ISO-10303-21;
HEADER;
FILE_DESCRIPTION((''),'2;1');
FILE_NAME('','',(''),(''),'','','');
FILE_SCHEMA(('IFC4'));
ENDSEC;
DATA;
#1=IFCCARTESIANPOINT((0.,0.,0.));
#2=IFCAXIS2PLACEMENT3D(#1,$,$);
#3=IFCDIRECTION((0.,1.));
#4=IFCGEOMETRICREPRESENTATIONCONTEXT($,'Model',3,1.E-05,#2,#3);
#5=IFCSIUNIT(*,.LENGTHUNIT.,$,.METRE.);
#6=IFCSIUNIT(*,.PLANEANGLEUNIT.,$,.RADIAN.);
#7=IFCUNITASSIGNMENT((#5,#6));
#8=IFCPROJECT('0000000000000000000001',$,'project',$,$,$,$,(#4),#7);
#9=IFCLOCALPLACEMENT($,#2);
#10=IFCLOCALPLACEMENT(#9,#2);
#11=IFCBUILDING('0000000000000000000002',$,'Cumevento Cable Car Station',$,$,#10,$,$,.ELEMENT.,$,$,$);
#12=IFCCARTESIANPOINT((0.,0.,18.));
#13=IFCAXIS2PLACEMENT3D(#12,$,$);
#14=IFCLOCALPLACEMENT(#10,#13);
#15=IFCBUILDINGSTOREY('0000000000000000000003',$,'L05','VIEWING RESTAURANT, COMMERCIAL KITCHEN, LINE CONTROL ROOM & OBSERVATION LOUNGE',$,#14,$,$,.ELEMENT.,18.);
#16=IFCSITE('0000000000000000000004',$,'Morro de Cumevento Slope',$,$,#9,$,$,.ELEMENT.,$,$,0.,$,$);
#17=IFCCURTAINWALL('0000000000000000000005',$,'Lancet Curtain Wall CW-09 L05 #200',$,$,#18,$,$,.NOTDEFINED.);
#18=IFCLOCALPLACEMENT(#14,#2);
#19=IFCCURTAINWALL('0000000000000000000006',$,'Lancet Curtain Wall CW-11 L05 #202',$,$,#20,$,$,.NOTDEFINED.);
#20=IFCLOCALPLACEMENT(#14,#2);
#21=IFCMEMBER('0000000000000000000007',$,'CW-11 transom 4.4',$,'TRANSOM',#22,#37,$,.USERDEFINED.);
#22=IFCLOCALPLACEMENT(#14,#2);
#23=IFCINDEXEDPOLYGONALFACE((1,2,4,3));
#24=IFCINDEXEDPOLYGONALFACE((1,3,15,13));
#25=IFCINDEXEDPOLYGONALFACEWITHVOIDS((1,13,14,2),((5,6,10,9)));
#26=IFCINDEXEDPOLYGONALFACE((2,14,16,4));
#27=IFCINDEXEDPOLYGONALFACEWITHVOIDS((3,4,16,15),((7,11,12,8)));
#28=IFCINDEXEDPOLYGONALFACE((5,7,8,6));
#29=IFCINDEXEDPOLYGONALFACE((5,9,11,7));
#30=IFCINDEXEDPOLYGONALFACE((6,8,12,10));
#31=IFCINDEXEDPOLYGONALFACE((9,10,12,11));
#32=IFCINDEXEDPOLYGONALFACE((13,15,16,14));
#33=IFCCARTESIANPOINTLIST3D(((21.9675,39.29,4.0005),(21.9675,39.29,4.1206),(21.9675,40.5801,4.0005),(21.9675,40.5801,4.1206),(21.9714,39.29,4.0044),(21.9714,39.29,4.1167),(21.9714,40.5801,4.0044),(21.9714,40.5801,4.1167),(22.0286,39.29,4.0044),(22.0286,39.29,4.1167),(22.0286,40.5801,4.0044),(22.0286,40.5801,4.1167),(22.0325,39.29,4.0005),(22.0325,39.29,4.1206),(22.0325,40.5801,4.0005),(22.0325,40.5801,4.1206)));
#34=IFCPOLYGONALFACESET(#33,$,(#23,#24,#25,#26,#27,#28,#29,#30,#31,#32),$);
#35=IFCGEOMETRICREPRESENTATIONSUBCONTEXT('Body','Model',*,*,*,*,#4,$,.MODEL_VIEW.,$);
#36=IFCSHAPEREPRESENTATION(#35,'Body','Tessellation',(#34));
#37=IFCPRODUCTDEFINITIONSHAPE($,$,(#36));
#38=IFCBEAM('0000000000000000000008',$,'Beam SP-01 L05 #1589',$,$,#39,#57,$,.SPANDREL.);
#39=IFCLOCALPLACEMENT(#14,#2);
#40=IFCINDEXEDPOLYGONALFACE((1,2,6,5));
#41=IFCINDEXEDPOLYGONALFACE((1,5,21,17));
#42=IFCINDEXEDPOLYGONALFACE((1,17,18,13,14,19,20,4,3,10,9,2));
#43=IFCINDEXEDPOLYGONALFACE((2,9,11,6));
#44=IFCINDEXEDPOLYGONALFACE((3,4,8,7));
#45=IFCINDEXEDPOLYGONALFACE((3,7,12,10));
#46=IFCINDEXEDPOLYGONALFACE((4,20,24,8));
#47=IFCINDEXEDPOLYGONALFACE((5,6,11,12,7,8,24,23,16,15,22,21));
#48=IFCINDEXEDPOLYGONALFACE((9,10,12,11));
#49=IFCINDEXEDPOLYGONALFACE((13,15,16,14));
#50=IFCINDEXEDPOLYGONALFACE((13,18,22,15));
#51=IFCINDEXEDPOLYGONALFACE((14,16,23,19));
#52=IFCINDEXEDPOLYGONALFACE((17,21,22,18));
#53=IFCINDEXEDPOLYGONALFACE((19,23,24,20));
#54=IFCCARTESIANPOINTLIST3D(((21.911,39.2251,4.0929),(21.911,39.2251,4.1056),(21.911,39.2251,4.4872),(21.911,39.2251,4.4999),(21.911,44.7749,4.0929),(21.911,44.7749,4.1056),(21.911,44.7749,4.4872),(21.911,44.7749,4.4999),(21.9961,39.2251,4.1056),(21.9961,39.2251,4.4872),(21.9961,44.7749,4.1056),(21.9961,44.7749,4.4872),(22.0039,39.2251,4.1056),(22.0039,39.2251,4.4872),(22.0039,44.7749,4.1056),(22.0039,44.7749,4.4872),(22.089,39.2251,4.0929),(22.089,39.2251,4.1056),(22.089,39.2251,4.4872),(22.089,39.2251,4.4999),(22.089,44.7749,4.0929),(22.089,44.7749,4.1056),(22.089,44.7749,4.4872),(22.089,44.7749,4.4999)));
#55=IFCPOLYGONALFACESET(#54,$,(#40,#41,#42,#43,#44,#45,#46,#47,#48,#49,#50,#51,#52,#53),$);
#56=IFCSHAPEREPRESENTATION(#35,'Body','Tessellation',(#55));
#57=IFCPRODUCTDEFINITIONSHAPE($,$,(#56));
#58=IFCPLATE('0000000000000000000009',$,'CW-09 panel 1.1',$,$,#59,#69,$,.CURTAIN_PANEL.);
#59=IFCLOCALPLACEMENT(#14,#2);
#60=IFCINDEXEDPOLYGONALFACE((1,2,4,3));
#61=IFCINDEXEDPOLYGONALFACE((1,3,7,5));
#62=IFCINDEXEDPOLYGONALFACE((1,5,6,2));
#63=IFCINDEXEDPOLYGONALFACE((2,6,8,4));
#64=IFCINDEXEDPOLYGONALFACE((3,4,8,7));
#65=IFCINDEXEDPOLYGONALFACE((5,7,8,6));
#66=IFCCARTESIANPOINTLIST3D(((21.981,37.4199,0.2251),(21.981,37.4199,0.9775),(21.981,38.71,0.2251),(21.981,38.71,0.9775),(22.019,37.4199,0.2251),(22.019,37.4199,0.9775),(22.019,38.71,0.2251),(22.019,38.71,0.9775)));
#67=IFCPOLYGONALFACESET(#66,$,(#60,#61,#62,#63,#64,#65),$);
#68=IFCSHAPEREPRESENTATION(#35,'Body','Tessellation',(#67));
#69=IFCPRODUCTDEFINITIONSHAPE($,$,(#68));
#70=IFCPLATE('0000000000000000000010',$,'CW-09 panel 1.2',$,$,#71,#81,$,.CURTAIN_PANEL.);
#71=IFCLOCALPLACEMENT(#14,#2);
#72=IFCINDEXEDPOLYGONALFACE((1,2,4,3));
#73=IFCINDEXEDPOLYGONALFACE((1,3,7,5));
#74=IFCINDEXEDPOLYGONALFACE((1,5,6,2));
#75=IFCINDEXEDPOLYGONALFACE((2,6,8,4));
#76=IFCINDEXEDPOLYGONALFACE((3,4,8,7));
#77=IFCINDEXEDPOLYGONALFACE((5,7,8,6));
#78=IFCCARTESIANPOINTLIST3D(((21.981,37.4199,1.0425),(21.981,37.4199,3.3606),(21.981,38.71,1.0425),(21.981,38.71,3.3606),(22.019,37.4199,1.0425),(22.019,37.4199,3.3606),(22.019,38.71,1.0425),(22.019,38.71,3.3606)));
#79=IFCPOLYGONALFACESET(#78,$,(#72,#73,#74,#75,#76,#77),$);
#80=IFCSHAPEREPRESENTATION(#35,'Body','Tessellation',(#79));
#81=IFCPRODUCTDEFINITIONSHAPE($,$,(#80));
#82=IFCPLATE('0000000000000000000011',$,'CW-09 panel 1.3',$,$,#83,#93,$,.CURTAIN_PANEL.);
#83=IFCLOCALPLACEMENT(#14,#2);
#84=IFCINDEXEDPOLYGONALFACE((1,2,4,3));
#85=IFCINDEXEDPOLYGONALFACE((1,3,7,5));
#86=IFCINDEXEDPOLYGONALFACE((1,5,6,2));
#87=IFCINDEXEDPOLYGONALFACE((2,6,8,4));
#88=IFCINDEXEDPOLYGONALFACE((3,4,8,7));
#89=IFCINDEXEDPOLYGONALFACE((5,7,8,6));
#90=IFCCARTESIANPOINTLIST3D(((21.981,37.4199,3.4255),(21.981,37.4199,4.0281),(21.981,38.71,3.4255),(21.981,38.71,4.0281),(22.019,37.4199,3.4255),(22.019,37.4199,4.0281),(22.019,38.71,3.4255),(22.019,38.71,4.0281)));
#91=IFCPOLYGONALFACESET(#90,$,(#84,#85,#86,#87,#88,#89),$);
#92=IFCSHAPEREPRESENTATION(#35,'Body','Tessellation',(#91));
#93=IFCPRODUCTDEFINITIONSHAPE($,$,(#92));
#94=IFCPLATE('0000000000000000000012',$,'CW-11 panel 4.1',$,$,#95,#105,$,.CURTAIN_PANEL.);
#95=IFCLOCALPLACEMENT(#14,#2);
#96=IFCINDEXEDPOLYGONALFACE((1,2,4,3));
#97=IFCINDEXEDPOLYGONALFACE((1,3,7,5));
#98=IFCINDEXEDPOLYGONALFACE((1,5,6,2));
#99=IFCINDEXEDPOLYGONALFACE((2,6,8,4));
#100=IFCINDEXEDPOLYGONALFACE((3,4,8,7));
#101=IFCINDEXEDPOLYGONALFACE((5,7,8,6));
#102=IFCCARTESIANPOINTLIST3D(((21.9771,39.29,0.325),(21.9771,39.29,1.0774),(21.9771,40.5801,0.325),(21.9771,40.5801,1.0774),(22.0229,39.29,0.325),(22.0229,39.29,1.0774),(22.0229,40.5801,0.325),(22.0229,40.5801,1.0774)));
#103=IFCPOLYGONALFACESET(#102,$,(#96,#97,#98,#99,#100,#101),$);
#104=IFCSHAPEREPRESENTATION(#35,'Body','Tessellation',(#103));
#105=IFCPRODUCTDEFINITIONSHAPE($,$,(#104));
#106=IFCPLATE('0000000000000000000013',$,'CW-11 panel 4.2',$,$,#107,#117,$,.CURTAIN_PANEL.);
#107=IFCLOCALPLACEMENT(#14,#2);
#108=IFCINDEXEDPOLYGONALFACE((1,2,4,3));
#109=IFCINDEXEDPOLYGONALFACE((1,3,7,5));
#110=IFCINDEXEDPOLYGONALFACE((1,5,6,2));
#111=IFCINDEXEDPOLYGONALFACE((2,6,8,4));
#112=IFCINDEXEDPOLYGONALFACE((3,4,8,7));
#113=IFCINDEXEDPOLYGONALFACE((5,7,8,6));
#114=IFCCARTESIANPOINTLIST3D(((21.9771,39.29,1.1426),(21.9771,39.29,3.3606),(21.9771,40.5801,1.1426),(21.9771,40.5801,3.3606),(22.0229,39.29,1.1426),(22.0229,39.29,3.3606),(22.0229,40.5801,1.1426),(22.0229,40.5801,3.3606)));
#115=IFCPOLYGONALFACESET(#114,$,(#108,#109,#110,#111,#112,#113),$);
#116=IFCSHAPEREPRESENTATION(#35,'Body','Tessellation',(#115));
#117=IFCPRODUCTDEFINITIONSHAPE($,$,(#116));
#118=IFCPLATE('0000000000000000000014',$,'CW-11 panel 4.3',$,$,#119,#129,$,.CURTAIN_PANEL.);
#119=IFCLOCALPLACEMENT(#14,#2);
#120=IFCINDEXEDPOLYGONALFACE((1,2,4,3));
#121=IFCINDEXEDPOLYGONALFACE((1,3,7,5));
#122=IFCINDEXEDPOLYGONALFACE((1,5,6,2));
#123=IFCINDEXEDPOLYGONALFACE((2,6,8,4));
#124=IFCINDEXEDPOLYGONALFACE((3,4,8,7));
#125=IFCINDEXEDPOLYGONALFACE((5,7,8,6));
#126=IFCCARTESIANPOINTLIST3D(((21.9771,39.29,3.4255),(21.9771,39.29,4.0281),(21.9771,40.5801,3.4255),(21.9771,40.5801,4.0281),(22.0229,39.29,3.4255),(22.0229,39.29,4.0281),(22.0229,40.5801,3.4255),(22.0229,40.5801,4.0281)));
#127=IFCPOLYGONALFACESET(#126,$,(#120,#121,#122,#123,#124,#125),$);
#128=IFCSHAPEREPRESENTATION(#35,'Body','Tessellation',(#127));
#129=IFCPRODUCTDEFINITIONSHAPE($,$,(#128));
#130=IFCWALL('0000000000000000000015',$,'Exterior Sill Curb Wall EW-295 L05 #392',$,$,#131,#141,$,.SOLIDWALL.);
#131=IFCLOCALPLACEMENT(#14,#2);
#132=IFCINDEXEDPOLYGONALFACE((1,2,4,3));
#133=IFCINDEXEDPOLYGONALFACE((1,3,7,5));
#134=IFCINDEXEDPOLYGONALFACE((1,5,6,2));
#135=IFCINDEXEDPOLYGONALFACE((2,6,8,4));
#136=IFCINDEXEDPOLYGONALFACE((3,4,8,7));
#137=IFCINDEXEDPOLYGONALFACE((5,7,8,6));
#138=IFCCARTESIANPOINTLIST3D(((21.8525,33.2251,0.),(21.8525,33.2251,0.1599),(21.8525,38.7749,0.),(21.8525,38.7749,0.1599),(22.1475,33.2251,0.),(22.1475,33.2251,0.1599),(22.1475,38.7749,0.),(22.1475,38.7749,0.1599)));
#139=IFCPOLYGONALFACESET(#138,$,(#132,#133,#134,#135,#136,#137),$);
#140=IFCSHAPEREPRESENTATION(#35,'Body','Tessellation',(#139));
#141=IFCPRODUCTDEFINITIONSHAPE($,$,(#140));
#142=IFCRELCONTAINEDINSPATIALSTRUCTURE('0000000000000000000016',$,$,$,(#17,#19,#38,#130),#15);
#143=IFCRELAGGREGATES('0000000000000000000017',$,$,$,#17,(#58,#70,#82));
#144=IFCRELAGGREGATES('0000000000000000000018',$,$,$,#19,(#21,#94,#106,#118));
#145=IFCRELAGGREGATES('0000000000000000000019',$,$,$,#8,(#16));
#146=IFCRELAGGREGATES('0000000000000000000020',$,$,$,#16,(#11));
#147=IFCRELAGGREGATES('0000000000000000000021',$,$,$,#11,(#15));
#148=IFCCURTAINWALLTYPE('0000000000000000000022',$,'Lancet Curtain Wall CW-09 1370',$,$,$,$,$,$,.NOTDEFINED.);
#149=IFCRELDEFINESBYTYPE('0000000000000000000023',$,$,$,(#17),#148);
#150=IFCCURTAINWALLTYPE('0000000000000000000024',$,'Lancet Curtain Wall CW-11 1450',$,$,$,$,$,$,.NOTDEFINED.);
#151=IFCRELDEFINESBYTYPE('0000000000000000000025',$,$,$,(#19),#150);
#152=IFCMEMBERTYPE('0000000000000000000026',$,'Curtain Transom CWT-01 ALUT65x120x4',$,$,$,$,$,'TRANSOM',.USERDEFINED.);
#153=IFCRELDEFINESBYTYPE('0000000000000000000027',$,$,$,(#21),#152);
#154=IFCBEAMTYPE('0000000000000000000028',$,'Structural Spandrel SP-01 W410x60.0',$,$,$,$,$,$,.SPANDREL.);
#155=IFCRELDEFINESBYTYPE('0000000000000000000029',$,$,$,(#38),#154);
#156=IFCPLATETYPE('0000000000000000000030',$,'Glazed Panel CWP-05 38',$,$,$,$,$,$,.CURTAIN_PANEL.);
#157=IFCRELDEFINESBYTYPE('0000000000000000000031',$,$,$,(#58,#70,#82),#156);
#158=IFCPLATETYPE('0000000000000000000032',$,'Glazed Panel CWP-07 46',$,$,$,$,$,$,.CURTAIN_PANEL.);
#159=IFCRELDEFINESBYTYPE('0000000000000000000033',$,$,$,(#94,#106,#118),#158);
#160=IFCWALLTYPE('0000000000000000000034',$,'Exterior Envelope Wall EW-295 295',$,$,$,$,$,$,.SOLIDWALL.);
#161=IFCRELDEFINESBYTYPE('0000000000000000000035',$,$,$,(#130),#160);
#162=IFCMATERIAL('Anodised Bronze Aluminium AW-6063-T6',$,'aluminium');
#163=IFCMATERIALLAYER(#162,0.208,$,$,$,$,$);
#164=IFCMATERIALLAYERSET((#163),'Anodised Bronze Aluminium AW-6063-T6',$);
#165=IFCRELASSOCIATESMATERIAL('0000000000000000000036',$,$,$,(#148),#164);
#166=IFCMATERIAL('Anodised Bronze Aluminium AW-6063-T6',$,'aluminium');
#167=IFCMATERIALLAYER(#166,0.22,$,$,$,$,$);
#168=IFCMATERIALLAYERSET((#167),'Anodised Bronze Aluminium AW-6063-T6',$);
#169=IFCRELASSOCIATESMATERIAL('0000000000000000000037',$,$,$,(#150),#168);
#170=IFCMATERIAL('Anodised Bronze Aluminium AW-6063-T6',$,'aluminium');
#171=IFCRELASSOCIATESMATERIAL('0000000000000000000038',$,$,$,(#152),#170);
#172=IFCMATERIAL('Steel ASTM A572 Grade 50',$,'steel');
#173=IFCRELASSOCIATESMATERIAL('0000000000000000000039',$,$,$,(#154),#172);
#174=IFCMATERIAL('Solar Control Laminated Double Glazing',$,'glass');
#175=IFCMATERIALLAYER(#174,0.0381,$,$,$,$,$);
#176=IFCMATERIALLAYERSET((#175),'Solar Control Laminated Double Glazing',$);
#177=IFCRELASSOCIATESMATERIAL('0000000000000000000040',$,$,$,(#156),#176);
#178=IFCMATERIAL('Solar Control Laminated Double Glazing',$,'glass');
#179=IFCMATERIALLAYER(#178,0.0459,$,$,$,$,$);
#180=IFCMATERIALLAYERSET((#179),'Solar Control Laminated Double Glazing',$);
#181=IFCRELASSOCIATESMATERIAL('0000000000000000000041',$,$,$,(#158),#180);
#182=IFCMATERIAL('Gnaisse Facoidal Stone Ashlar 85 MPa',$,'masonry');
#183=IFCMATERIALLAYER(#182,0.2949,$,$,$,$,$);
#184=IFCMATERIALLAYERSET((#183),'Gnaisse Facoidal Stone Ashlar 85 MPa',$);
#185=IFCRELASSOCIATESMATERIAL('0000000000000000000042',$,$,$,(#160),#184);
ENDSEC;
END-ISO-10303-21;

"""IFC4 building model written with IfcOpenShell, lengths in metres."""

from ifc_helpers import new_model, si_unit, direction, frame, frame_2d, origin, origin_2d, place, context, subcontext, project, spatial, rectangle, hollow_rectangle, i_section, extrude, material, layer, layer_set, material_profile, profile_set, type_object, element, aggregate, save


model = new_model("IFC4")

# Units and contexts
model_context = context("Model", 3, precision=1e-05, world=origin(), true_north=direction((0.0, 1.0)))
body_context = subcontext(model_context, "Body", "Model", "MODEL_VIEW")
ifc_project = project(units=[si_unit("LENGTHUNIT", "METRE"), si_unit("PLANEANGLEUNIT", "RADIAN")], contexts=[model_context])

# Site, building, storey
site_placement = place(None, origin())
site = spatial("IfcSite", under=ifc_project, at=site_placement, Name="Morro de Cumevento Slope", CompositionType="ELEMENT", RefElevation=0.0)
building_placement = place(site_placement, origin())
building = spatial("IfcBuilding", under=site, at=building_placement, Name="Cumevento Cable Car Station", CompositionType="ELEMENT")
storey_placement = place(building_placement, frame((0.0, 0.0, 18.0)))
storey = spatial("IfcBuildingStorey", under=building, at=storey_placement, Name="L05", Description="VIEWING RESTAURANT, COMMERCIAL KITCHEN, LINE CONTROL ROOM & OBSERVATION LOUNGE", CompositionType="ELEMENT", Elevation=18.0)

# Curtain wall
ifc_material_1 = material(Name="Anodised Bronze Aluminium AW-6063-T6", Category="aluminium")
ifc_layer_1 = layer(ifc_material_1, 0.208)
ifc_layer_set_1 = layer_set([ifc_layer_1], Name="Anodised Bronze Aluminium AW-6063-T6")
curtain_wall_type_1 = type_object("IfcCurtainWallType", Name="Lancet Curtain Wall CW-09 1370", PredefinedType="NOTDEFINED", material=ifc_layer_set_1)
curtain_wall_1_placement = place(storey_placement, origin())
curtain_wall_1 = element("IfcCurtainWall", 1, at=curtain_wall_1_placement, inside=storey, type_object=curtain_wall_type_1, Name="Lancet Curtain Wall CW-09 L05 #200", PredefinedType="NOTDEFINED")

# Curtain wall
ifc_material_2 = material(Name="Anodised Bronze Aluminium AW-6063-T6", Category="aluminium")
ifc_layer_2 = layer(ifc_material_2, 0.22)
ifc_layer_set_2 = layer_set([ifc_layer_2], Name="Anodised Bronze Aluminium AW-6063-T6")
curtain_wall_type_2 = type_object("IfcCurtainWallType", Name="Lancet Curtain Wall CW-11 1450", PredefinedType="NOTDEFINED", material=ifc_layer_set_2)
curtain_wall_2_placement = place(storey_placement, origin())
curtain_wall_2 = element("IfcCurtainWall", 2, at=curtain_wall_2_placement, inside=storey, type_object=curtain_wall_type_2, Name="Lancet Curtain Wall CW-11 L05 #202", PredefinedType="NOTDEFINED")

# Member
ifc_material_3 = material(Name="Anodised Bronze Aluminium AW-6063-T6", Category="aluminium")
ifc_material_profile_1 = material_profile(ifc_material_3, hollow_rectangle(XDim=0.0649, YDim=0.1201, WallThickness=0.0039, at=origin_2d()), Name="ALUT65x120x4")
ifc_profile_set_1 = profile_set([ifc_material_profile_1], Name="Anodised Bronze Aluminium AW-6063-T6")
member_type_1 = type_object("IfcMemberType", Name="Curtain Transom CWT-01 ALUT65x120x4", ElementType="TRANSOM", PredefinedType="USERDEFINED", material=ifc_profile_set_1)
member_1_placement = place(storey_placement, frame((22.0, 40.5801, 4.0605), z_axis=(0.0, -1.0, 0.0), x_axis=(1.0, 0.0, 0.0)))
member_1 = element("IfcMember", 3, at=member_1_placement, type_object=member_type_1, Name="CW-11 transom 4.4", ObjectType="TRANSOM", PredefinedType="USERDEFINED", context=body_context, shape_type="SweptSolid", body=[
    extrude(hollow_rectangle(XDim=0.0649, YDim=0.1201, WallThickness=0.0039, at=origin_2d()), origin(), (0.0, 0.0, 1.0), 1.29),
])

# Beam
ifc_material_4 = material(Name="Steel ASTM A572 Grade 50", Category="steel")
ifc_material_profile_2 = material_profile(ifc_material_4, i_section(OverallWidth=0.178, OverallDepth=0.407, WebThickness=0.0078, FlangeThickness=0.0127, at=origin_2d()), Name="W410x60.0")
ifc_profile_set_2 = profile_set([ifc_material_profile_2], Name="Steel ASTM A572 Grade 50")
beam_type = type_object("IfcBeamType", Name="Structural Spandrel SP-01 W410x60.0", PredefinedType="SPANDREL", material=ifc_profile_set_2)
beam_placement = place(storey_placement, frame((22.0, 39.2251, 4.2964), z_axis=(0.0, 1.0, 0.0), x_axis=(-1.0, 0.0, 0.0)))
element("IfcBeam", 4, at=beam_placement, inside=storey, type_object=beam_type, Name="Beam SP-01 L05 #1589", PredefinedType="SPANDREL", context=body_context, shape_type="SweptSolid", body=[
    extrude(i_section(OverallWidth=0.178, OverallDepth=0.407, WebThickness=0.0078, FlangeThickness=0.0127, at=origin_2d()), origin(), (0.0, 0.0, 1.0), 5.5498),
])

# Plates
ifc_material_5 = material(Name="Solar Control Laminated Double Glazing", Category="glass")
ifc_layer_3 = layer(ifc_material_5, 0.0381)
ifc_layer_set_3 = layer_set([ifc_layer_3], Name="Solar Control Laminated Double Glazing")
plate_type_1 = type_object("IfcPlateType", Name="Glazed Panel CWP-05 38", PredefinedType="CURTAIN_PANEL", material=ifc_layer_set_3)
plate_1_placement = place(storey_placement, frame((22.0, 38.0649, 0.2251), z_axis=(0.0, 0.0, 1.0), x_axis=(0.0, -1.0, 0.0)))
plate_1 = element("IfcPlate", 5, at=plate_1_placement, type_object=plate_type_1, Name="CW-09 panel 1.1", PredefinedType="CURTAIN_PANEL", context=body_context, shape_type="SweptSolid", body=[
    extrude(rectangle(XDim=1.29, YDim=0.0381, at=origin_2d()), origin(), (0.0, 0.0, 1.0), 0.7524),
])
plate_2_placement = place(storey_placement, frame((22.0, 38.0649, 1.0425), z_axis=(0.0, 0.0, 1.0), x_axis=(0.0, -1.0, 0.0)))
plate_2 = element("IfcPlate", 6, at=plate_2_placement, type_object=plate_type_1, Name="CW-09 panel 1.2", PredefinedType="CURTAIN_PANEL", context=body_context, shape_type="SweptSolid", body=[
    extrude(rectangle(XDim=1.29, YDim=0.0381, at=origin_2d()), origin(), (0.0, 0.0, 1.0), 2.3181),
])
plate_3_placement = place(storey_placement, frame((22.0, 38.0649, 3.4255), z_axis=(0.0, 0.0, 1.0), x_axis=(0.0, -1.0, 0.0)))
plate_3 = element("IfcPlate", 7, at=plate_3_placement, type_object=plate_type_1, Name="CW-09 panel 1.3", PredefinedType="CURTAIN_PANEL", context=body_context, shape_type="SweptSolid", body=[
    extrude(rectangle(XDim=1.29, YDim=0.0381, at=origin_2d()), origin(), (0.0, 0.0, 1.0), 0.6025),
])
aggregate(curtain_wall_1, [plate_1, plate_2, plate_3])
ifc_material_6 = material(Name="Solar Control Laminated Double Glazing", Category="glass")
ifc_layer_4 = layer(ifc_material_6, 0.0459)
ifc_layer_set_4 = layer_set([ifc_layer_4], Name="Solar Control Laminated Double Glazing")
plate_type_2 = type_object("IfcPlateType", Name="Glazed Panel CWP-07 46", PredefinedType="CURTAIN_PANEL", material=ifc_layer_set_4)
plate_4_placement = place(storey_placement, frame((22.0, 39.9351, 0.325), z_axis=(0.0, 0.0, 1.0), x_axis=(0.0, -1.0, 0.0)))
plate_4 = element("IfcPlate", 8, at=plate_4_placement, type_object=plate_type_2, Name="CW-11 panel 4.1", PredefinedType="CURTAIN_PANEL", context=body_context, shape_type="SweptSolid", body=[
    extrude(rectangle(XDim=1.29, YDim=0.0459, at=origin_2d()), origin(), (0.0, 0.0, 1.0), 0.7524),
])
plate_5_placement = place(storey_placement, frame((22.0, 39.9351, 1.1426), z_axis=(0.0, 0.0, 1.0), x_axis=(0.0, -1.0, 0.0)))
plate_5 = element("IfcPlate", 9, at=plate_5_placement, type_object=plate_type_2, Name="CW-11 panel 4.2", PredefinedType="CURTAIN_PANEL", context=body_context, shape_type="SweptSolid", body=[
    extrude(rectangle(XDim=1.29, YDim=0.0459, at=origin_2d()), origin(), (0.0, 0.0, 1.0), 2.218),
])
plate_6_placement = place(storey_placement, frame((22.0, 39.9351, 3.4255), z_axis=(0.0, 0.0, 1.0), x_axis=(0.0, -1.0, 0.0)))
plate_6 = element("IfcPlate", 10, at=plate_6_placement, type_object=plate_type_2, Name="CW-11 panel 4.3", PredefinedType="CURTAIN_PANEL", context=body_context, shape_type="SweptSolid", body=[
    extrude(rectangle(XDim=1.29, YDim=0.0459, at=origin_2d()), origin(), (0.0, 0.0, 1.0), 0.6025),
])
aggregate(curtain_wall_2, [member_1, plate_4, plate_5, plate_6])

# Wall
ifc_material_7 = material(Name="Gnaisse Facoidal Stone Ashlar 85 MPa", Category="masonry")
ifc_layer_5 = layer(ifc_material_7, 0.2949)
ifc_layer_set_5 = layer_set([ifc_layer_5], Name="Gnaisse Facoidal Stone Ashlar 85 MPa")
wall_type = type_object("IfcWallType", Name="Exterior Envelope Wall EW-295 295", PredefinedType="SOLIDWALL", material=ifc_layer_set_5)
wall_placement = place(storey_placement, frame((22.0, 38.7749, 0.0), z_axis=(0.0, 0.0, 1.0), x_axis=(0.0, -1.0, 0.0)))
element("IfcWall", 11, at=wall_placement, inside=storey, type_object=wall_type, Name="Exterior Sill Curb Wall EW-295 L05 #392", PredefinedType="SOLIDWALL", context=body_context, shape_type="SweptSolid", body=[
    extrude(rectangle(XDim=5.5498, YDim=0.2949, at=frame_2d((2.7749, 0.0))), origin(), (0.0, 0.0, 1.0), 0.1599),
])

save(model, "model.ifc")
